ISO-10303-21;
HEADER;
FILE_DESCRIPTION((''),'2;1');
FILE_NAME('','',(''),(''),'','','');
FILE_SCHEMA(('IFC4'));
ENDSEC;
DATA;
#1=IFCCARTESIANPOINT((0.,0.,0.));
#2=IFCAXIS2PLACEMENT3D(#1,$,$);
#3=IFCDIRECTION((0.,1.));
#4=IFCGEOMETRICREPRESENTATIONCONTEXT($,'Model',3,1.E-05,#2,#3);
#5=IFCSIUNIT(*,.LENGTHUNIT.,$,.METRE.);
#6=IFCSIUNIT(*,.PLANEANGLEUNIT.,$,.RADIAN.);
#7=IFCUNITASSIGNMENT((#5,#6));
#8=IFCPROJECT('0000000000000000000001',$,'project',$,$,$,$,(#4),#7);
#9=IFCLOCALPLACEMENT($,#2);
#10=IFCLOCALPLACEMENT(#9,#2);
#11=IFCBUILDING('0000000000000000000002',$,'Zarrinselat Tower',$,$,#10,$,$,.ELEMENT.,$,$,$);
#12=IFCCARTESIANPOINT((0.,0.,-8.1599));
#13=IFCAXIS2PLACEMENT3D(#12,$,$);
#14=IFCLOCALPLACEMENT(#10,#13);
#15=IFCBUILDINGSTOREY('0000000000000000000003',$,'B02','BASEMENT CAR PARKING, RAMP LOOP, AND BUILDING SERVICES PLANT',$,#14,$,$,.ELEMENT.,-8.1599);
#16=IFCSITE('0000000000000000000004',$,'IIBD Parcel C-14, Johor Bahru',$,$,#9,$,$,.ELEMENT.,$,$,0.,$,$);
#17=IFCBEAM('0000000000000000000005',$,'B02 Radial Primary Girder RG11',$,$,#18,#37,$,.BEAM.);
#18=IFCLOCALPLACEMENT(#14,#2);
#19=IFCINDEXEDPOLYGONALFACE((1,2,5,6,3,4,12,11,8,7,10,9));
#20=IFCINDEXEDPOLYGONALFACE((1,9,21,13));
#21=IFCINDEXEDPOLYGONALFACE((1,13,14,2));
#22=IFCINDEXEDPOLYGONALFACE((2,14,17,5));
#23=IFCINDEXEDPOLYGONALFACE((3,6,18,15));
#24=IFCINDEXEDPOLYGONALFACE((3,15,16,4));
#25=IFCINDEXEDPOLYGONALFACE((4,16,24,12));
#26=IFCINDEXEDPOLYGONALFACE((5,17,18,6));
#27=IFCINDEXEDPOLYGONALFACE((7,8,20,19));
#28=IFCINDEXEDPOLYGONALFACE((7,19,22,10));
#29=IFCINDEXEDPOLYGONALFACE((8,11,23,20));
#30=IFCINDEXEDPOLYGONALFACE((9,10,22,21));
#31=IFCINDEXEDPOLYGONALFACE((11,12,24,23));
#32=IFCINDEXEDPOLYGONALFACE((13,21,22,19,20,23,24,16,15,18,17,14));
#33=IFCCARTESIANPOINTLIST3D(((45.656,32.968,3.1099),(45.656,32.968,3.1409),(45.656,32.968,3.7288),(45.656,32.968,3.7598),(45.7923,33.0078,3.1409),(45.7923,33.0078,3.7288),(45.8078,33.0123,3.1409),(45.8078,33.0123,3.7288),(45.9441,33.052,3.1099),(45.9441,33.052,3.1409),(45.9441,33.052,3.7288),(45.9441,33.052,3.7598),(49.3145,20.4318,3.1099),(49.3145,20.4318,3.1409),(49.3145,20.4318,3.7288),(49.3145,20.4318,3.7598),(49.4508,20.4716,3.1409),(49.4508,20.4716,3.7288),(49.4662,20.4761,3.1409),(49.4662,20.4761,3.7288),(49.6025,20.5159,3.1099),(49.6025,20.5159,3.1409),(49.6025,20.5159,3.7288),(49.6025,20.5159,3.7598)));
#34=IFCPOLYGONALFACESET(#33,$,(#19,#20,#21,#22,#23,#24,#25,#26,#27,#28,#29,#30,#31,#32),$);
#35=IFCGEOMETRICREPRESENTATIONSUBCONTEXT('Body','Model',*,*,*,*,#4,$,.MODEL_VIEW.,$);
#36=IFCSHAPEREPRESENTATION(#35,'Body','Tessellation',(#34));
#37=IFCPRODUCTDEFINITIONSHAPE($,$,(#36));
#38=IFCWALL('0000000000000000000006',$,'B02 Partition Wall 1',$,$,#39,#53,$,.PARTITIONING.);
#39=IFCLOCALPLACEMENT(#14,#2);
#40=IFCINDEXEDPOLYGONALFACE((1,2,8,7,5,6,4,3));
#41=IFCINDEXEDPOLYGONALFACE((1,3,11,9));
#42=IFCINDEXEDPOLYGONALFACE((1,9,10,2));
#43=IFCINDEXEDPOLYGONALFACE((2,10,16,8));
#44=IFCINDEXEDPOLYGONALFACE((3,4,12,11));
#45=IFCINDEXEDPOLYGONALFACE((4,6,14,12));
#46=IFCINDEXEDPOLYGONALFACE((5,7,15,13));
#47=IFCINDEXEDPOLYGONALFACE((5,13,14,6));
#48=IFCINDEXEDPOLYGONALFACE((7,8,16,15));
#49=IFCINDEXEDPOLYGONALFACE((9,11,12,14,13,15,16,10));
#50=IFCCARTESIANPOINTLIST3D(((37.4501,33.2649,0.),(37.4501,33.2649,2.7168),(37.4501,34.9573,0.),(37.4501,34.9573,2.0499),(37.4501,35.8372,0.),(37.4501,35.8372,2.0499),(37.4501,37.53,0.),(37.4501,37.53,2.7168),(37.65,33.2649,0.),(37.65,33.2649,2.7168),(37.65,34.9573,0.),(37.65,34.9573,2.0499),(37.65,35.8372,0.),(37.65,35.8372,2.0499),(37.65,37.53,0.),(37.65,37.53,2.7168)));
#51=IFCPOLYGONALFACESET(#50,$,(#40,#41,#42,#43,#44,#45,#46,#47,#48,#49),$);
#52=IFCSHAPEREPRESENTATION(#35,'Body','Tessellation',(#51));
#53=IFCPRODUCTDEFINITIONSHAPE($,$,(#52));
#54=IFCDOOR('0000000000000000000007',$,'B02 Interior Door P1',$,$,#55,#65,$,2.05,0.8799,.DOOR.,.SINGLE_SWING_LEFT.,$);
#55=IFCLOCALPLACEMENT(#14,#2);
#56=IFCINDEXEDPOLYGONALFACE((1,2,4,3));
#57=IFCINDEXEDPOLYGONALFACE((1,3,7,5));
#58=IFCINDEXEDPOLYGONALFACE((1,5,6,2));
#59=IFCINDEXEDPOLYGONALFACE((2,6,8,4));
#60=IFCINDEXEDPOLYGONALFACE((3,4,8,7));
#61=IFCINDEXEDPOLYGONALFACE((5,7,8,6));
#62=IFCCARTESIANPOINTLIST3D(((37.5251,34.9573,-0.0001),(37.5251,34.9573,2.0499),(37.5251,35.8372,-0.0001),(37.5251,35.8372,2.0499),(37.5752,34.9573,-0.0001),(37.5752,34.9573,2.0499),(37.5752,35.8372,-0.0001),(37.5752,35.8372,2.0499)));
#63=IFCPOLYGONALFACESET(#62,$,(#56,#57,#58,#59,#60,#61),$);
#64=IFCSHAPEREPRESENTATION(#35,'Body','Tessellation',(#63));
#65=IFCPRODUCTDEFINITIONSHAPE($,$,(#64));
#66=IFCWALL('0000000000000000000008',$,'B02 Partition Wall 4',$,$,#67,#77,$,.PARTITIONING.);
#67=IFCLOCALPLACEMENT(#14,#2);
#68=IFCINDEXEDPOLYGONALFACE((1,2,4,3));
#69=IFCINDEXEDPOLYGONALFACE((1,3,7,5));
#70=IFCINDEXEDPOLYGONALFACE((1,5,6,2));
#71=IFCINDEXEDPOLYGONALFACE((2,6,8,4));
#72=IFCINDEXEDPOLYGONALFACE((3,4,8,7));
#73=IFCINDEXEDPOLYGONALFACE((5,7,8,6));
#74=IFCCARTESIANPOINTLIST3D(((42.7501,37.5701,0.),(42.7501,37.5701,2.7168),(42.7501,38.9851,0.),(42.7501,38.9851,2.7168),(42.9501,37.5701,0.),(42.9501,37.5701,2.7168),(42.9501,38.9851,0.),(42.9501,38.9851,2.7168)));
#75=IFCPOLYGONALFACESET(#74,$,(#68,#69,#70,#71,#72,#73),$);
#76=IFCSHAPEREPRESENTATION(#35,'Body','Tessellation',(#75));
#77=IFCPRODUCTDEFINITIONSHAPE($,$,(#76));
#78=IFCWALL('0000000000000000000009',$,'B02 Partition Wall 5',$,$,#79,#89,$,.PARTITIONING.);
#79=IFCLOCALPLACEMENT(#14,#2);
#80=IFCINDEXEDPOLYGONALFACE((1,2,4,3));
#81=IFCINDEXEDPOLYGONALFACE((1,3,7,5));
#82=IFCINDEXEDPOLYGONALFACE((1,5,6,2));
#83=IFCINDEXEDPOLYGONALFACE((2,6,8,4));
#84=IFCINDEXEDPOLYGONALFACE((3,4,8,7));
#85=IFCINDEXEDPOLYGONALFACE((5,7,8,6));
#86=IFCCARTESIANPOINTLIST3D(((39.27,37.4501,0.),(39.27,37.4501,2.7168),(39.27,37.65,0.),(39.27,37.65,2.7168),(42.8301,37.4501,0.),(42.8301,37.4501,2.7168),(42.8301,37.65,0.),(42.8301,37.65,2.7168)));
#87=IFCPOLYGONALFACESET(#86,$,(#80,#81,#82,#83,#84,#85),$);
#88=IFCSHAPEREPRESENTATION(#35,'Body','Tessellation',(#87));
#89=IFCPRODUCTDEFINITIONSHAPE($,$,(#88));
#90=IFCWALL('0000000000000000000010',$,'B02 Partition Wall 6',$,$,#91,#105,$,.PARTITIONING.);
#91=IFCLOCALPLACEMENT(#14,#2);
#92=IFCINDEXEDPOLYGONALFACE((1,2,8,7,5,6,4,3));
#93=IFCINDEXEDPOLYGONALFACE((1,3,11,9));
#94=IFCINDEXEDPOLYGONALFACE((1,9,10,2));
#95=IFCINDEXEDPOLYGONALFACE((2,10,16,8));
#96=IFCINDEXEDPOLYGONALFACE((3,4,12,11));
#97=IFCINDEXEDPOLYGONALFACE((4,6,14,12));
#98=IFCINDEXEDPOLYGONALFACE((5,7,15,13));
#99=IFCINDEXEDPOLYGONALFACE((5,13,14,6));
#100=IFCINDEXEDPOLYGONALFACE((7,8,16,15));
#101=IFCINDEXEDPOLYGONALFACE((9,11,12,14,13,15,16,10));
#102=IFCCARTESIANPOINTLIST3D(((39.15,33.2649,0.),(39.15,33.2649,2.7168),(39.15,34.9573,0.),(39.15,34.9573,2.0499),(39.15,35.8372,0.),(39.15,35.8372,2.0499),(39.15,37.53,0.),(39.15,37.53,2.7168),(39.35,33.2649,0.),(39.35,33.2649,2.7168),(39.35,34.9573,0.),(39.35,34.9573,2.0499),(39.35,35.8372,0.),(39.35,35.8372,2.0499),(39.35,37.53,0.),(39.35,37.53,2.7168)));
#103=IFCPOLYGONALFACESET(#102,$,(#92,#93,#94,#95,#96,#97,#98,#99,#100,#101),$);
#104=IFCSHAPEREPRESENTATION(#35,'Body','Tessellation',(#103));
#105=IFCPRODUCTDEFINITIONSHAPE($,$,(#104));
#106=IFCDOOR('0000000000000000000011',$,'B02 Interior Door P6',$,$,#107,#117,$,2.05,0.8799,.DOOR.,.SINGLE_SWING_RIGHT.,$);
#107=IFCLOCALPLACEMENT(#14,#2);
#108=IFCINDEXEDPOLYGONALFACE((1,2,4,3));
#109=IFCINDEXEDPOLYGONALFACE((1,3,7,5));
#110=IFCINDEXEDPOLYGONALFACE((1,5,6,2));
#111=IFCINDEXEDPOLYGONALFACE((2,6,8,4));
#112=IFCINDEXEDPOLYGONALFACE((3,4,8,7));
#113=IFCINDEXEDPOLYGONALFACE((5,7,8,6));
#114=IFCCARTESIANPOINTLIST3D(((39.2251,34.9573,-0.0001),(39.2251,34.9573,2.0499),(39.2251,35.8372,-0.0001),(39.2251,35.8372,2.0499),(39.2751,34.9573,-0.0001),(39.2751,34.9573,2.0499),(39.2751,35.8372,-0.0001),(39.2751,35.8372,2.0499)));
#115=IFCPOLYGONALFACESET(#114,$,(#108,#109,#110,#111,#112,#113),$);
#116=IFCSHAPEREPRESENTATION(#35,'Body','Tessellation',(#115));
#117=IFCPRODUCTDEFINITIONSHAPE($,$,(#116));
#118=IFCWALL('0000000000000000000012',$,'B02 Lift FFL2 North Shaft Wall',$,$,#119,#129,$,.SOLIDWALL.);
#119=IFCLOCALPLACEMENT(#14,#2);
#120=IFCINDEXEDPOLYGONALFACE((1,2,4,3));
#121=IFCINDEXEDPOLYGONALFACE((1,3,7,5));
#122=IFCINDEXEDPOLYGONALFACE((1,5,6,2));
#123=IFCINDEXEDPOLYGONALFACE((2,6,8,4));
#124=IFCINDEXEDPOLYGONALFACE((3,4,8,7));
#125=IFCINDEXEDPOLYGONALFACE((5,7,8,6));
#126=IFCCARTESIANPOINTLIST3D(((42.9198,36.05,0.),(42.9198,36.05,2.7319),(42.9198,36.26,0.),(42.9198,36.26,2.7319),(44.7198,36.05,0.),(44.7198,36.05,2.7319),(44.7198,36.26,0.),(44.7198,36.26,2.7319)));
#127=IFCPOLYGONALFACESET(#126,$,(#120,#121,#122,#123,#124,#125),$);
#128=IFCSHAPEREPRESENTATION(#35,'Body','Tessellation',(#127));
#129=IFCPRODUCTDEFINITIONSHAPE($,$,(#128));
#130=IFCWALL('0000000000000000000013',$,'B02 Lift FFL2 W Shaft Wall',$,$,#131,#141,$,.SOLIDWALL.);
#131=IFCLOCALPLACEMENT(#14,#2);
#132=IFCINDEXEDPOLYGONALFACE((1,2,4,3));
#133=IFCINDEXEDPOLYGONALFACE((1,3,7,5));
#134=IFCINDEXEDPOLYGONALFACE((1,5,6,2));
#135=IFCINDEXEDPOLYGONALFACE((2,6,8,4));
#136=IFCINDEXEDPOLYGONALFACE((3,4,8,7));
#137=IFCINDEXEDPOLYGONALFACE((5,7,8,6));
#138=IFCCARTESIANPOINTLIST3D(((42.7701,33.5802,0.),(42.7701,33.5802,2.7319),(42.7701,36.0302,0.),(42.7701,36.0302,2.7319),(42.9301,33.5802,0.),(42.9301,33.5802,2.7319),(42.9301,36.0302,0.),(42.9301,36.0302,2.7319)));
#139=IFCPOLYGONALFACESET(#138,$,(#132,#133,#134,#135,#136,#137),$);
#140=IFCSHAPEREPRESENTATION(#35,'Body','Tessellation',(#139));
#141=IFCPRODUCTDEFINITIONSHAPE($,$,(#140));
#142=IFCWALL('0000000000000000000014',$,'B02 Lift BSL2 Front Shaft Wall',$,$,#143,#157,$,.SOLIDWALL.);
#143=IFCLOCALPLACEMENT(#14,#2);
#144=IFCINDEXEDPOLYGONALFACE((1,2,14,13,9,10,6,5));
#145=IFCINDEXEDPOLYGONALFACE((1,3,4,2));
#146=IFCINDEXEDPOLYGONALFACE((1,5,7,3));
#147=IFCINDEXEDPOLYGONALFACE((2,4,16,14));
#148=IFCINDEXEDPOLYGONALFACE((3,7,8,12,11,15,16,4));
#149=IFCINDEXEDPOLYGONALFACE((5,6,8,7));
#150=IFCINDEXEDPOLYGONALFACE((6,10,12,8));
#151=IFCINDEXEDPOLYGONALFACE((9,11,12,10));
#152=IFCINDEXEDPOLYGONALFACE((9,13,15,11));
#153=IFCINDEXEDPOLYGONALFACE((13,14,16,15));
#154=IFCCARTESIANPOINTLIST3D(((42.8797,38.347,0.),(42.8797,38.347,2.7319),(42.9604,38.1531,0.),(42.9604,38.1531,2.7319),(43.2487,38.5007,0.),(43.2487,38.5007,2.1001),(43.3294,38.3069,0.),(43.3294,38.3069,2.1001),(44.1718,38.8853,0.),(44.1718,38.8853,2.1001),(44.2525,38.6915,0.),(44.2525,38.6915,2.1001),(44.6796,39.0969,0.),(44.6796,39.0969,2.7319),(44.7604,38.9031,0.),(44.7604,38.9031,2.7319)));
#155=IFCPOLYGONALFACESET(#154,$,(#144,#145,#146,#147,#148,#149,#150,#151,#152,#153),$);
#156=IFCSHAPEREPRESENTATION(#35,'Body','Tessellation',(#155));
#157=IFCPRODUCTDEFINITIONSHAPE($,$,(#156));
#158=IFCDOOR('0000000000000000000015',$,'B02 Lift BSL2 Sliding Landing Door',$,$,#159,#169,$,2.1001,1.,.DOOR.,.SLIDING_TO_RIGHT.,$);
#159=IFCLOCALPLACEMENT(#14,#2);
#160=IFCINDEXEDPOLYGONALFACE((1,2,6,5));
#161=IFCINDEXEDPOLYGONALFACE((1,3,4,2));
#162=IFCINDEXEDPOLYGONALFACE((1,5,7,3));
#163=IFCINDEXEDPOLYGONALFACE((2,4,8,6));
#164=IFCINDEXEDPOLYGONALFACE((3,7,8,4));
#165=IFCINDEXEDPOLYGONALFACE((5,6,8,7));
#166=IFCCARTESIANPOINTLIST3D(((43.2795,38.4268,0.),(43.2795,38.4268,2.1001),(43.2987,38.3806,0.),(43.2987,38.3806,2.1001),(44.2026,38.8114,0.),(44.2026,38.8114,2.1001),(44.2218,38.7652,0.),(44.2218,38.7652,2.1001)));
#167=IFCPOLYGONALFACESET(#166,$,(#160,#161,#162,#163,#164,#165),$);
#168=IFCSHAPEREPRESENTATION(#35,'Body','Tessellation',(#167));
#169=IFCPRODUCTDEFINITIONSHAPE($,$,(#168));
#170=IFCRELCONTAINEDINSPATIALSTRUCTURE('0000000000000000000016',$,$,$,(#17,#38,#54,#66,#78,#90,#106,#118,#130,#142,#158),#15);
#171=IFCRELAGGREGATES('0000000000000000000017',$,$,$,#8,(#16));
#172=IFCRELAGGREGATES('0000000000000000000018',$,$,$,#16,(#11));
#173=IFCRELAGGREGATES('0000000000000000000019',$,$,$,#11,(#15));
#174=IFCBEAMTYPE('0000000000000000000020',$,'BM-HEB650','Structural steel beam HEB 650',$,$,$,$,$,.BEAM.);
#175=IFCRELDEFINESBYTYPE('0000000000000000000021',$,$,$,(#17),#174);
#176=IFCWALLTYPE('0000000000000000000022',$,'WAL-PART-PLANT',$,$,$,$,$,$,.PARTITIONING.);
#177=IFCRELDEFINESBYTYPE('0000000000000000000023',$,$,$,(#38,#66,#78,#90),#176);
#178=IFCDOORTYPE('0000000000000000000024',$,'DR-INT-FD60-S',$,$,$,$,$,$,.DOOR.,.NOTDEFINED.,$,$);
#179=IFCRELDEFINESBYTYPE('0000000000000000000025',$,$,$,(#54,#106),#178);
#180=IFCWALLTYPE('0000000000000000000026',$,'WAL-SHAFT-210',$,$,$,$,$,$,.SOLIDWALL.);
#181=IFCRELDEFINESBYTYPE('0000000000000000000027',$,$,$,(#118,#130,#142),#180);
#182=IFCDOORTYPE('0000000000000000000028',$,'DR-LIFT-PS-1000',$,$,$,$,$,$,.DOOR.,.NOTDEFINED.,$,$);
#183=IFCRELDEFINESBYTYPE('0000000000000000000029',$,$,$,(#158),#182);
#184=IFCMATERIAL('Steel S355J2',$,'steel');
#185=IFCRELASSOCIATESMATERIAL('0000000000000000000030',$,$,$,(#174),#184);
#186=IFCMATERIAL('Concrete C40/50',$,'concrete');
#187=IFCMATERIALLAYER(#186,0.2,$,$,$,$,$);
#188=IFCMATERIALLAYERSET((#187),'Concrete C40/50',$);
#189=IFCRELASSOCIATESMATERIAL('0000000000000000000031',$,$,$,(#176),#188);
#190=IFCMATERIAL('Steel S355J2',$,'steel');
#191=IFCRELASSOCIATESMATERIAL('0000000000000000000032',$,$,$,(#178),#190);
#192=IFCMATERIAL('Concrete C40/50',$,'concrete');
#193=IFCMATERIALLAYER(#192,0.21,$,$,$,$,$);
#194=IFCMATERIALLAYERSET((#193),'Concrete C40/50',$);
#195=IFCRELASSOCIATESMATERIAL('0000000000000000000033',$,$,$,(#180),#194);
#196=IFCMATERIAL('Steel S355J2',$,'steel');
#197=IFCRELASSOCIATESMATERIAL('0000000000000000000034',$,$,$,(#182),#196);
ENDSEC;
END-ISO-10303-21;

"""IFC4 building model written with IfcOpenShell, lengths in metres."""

from ifc_helpers import new_model, si_unit, direction, frame, frame_2d, origin, origin_2d, place, context, subcontext, project, spatial, rectangle, i_section, extrude, material, layer, layer_set, material_profile, profile_set, type_object, element, fill, save


model = new_model("IFC4")

# Units and contexts
model_context = context("Model", 3, precision=1e-05, world=origin(), true_north=direction((0.0, 1.0)))
body_context = subcontext(model_context, "Body", "Model", "MODEL_VIEW")
ifc_project = project(units=[si_unit("LENGTHUNIT", "METRE"), si_unit("PLANEANGLEUNIT", "RADIAN")], contexts=[model_context])

# Site, building, storey
site_placement = place(None, origin())
site = spatial("IfcSite", under=ifc_project, at=site_placement, Name="IIBD Parcel C-14, Johor Bahru", CompositionType="ELEMENT", RefElevation=0.0)
building_placement = place(site_placement, origin())
building = spatial("IfcBuilding", under=site, at=building_placement, Name="Zarrinselat Tower", CompositionType="ELEMENT")
storey_placement = place(building_placement, frame((0.0, 0.0, -8.1599)))
storey = spatial("IfcBuildingStorey", under=building, at=storey_placement, Name="B02", Description="BASEMENT CAR PARKING, RAMP LOOP, AND BUILDING SERVICES PLANT", CompositionType="ELEMENT", Elevation=-8.1599)

# Beam
ifc_material_1 = material(Name="Steel S355J2", Category="steel")
ifc_material_profile_1 = material_profile(ifc_material_1, i_section(OverallWidth=0.3, OverallDepth=0.6499, WebThickness=0.0161, FlangeThickness=0.031, at=origin_2d()), Name="HEB 650")
ifc_profile_set_1 = profile_set([ifc_material_profile_1], Name="Steel S355J2")
beam_type = type_object("IfcBeamType", Name="BM-HEB650", Description="Structural steel beam HEB 650", PredefinedType="BEAM", material=ifc_profile_set_1)
beam_placement = place(storey_placement, frame((45.8, 33.01, 3.4348), z_axis=(0.280146, -0.959957, 0.0), x_axis=(0.959957, 0.280146, 0.0)))
element("IfcBeam", 1, at=beam_placement, inside=storey, type_object=beam_type, Name="B02 Radial Primary Girder RG11", PredefinedType="BEAM", context=body_context, shape_type="SweptSolid", body=[
    extrude(i_section(OverallWidth=0.3, OverallDepth=0.6499, WebThickness=0.0161, FlangeThickness=0.031, at=origin_2d()), origin(), (0.0, 0.0, 1.0), 13.0591),
])

# Wall, opening, door
ifc_material_2 = material(Name="Concrete C40/50", Category="concrete")
ifc_layer_1 = layer(ifc_material_2, 0.2)
ifc_layer_set_1 = layer_set([ifc_layer_1], Name="Concrete C40/50")
wall_type_1 = type_object("IfcWallType", Name="WAL-PART-PLANT", PredefinedType="PARTITIONING", material=ifc_layer_set_1)
wall_1_placement = place(storey_placement, frame((37.55, 33.2649, 0.0), z_axis=(0.0, 0.0, 1.0), x_axis=(0.0, 1.0, 0.0)))
wall_1 = element("IfcWall", 2, at=wall_1_placement, inside=storey, type_object=wall_type_1, Name="B02 Partition Wall 1", PredefinedType="PARTITIONING", context=body_context, shape_type="SweptSolid", body=[
    extrude(rectangle(XDim=4.2651, YDim=0.2, at=frame_2d((2.1326, 0.0))), origin(), (0.0, 0.0, 1.0), 2.7168),
])
opening_1_placement = place(wall_1_placement, frame((1.6924, 0.0, 0.0)))
opening_1 = element("IfcOpeningElement", 3, at=opening_1_placement, cuts=wall_1, PredefinedType="OPENING", context=body_context, shape_type="SweptSolid", body=[
    extrude(rectangle(XDim=0.8799, YDim=2.05, at=frame_2d((0.4399, 1.0249))), frame((0.0, 0.1099, 0.0), z_axis=(0.0, -1.0, 0.0), x_axis=(1.0, 0.0, 0.0)), (0.0, 0.0, 1.0), 0.22),
])
ifc_material_3 = material(Name="Steel S355J2", Category="steel")
door_type_1 = type_object("IfcDoorType", Name="DR-INT-FD60-S", OperationType="NOTDEFINED", PredefinedType="DOOR", material=ifc_material_3)
door_1_placement = place(opening_1_placement, origin())
door_1 = element("IfcDoor", 4, at=door_1_placement, inside=storey, type_object=door_type_1, Name="B02 Interior Door P1", OperationType="SINGLE_SWING_LEFT", OverallHeight=2.05, OverallWidth=0.8799, PredefinedType="DOOR", context=body_context, shape_type="SweptSolid", body=[
    extrude(rectangle(XDim=0.8799, YDim=2.05, at=frame_2d((0.4399, 1.0249))), frame((0.0, 0.0249, 0.0), z_axis=(0.0, -1.0, 0.0), x_axis=(1.0, 0.0, 0.0)), (0.0, 0.0, 1.0), 0.05),
])
fill(opening_1, door_1)

# Walls
wall_2_placement = place(storey_placement, frame((42.8501, 37.5701, 0.0), z_axis=(0.0, 0.0, 1.0), x_axis=(0.0, 1.0, 0.0)))
element("IfcWall", 5, at=wall_2_placement, inside=storey, type_object=wall_type_1, Name="B02 Partition Wall 4", PredefinedType="PARTITIONING", context=body_context, shape_type="SweptSolid", body=[
    extrude(rectangle(XDim=1.415, YDim=0.2, at=frame_2d((0.7075, 0.0))), origin(), (0.0, 0.0, 1.0), 2.7168),
])
wall_3_placement = place(storey_placement, frame((39.27, 37.55, 0.0), z_axis=(0.0, 0.0, 1.0), x_axis=(1.0, 0.0, 0.0)))
element("IfcWall", 6, at=wall_3_placement, inside=storey, type_object=wall_type_1, Name="B02 Partition Wall 5", PredefinedType="PARTITIONING", context=body_context, shape_type="SweptSolid", body=[
    extrude(rectangle(XDim=3.5601, YDim=0.2, at=frame_2d((1.78, 0.0))), origin(), (0.0, 0.0, 1.0), 2.7168),
])

# Wall, opening, door
wall_4_placement = place(storey_placement, frame((39.25, 33.2649, 0.0), z_axis=(0.0, 0.0, 1.0), x_axis=(0.0, 1.0, 0.0)))
wall_4 = element("IfcWall", 7, at=wall_4_placement, inside=storey, type_object=wall_type_1, Name="B02 Partition Wall 6", PredefinedType="PARTITIONING", context=body_context, shape_type="SweptSolid", body=[
    extrude(rectangle(XDim=4.2651, YDim=0.2, at=frame_2d((2.1326, 0.0))), origin(), (0.0, 0.0, 1.0), 2.7168),
])
opening_2_placement = place(wall_4_placement, frame((1.6924, 0.0, 0.0)))
opening_2 = element("IfcOpeningElement", 8, at=opening_2_placement, cuts=wall_4, PredefinedType="OPENING", context=body_context, shape_type="SweptSolid", body=[
    extrude(rectangle(XDim=0.8799, YDim=2.05, at=frame_2d((0.4399, 1.0249))), frame((0.0, 0.1099, 0.0), z_axis=(0.0, -1.0, 0.0), x_axis=(1.0, 0.0, 0.0)), (0.0, 0.0, 1.0), 0.22),
])
door_2_placement = place(opening_2_placement, origin())
door_2 = element("IfcDoor", 9, at=door_2_placement, inside=storey, type_object=door_type_1, Name="B02 Interior Door P6", OperationType="SINGLE_SWING_RIGHT", OverallHeight=2.05, OverallWidth=0.8799, PredefinedType="DOOR", context=body_context, shape_type="SweptSolid", body=[
    extrude(rectangle(XDim=0.8799, YDim=2.05, at=frame_2d((0.4399, 1.0249))), frame((0.0, 0.0249, 0.0), z_axis=(0.0, -1.0, 0.0), x_axis=(1.0, 0.0, 0.0)), (0.0, 0.0, 1.0), 0.05),
])
fill(opening_2, door_2)

# Walls
ifc_material_4 = material(Name="Concrete C40/50", Category="concrete")
ifc_layer_2 = layer(ifc_material_4, 0.21)
ifc_layer_set_2 = layer_set([ifc_layer_2], Name="Concrete C40/50")
wall_type_2 = type_object("IfcWallType", Name="WAL-SHAFT-210", PredefinedType="SOLIDWALL", material=ifc_layer_set_2)
wall_5_placement = place(storey_placement, frame((42.9199, 36.155, 0.0), z_axis=(0.0, 0.0, 1.0), x_axis=(1.0, 0.0, 0.0)))
element("IfcWall", 10, at=wall_5_placement, inside=storey, type_object=wall_type_2, Name="B02 Lift FFL2 North Shaft Wall", PredefinedType="SOLIDWALL", context=body_context, shape_type="SweptSolid", body=[
    extrude(rectangle(XDim=1.8, YDim=0.21, at=frame_2d((0.8999, 0.0))), origin(), (0.0, 0.0, 1.0), 2.7319),
])
wall_6_placement = place(storey_placement, frame((42.8501, 33.5801, 0.0), z_axis=(0.0, 0.0, 1.0), x_axis=(0.0, 1.0, 0.0)))
element("IfcWall", 11, at=wall_6_placement, inside=storey, type_object=wall_type_2, Name="B02 Lift FFL2 W Shaft Wall", PredefinedType="SOLIDWALL", context=body_context, shape_type="SweptSolid", body=[
    extrude(rectangle(XDim=2.45, YDim=0.1599, at=frame_2d((1.2251, 0.0))), origin(), (0.0, 0.0, 1.0), 2.7319),
])

# Wall, opening, door
wall_7_placement = place(storey_placement, frame((42.9199, 38.25, 0.0), z_axis=(0.0, 0.0, 1.0), x_axis=(0.923081, 0.384606, 0.0)))
wall_7 = element("IfcWall", 12, at=wall_7_placement, inside=storey, type_object=wall_type_2, Name="B02 Lift BSL2 Front Shaft Wall", PredefinedType="SOLIDWALL", context=body_context, shape_type="SweptSolid", body=[
    extrude(rectangle(XDim=1.95, YDim=0.21, at=frame_2d((0.9751, 0.0))), origin(), (0.0, 0.0, 1.0), 2.7319),
])
opening_3_placement = place(wall_7_placement, frame((0.3999, 0.0, 0.0)))
opening_3 = element("IfcOpeningElement", 13, at=opening_3_placement, cuts=wall_7, PredefinedType="OPENING", context=body_context, shape_type="SweptSolid", body=[
    extrude(rectangle(XDim=1.0, YDim=2.1001, at=frame_2d((0.5, 1.05))), frame((0.0, 0.115, 0.0), z_axis=(0.0, -1.0, 0.0), x_axis=(1.0, 0.0, 0.0)), (0.0, 0.0, 1.0), 0.23),
])
ifc_material_5 = material(Name="Steel S355J2", Category="steel")
door_type_2 = type_object("IfcDoorType", Name="DR-LIFT-PS-1000", OperationType="NOTDEFINED", PredefinedType="DOOR", material=ifc_material_5)
door_3_placement = place(opening_3_placement, origin())
door_3 = element("IfcDoor", 14, at=door_3_placement, inside=storey, type_object=door_type_2, Name="B02 Lift BSL2 Sliding Landing Door", OperationType="SLIDING_TO_RIGHT", OverallHeight=2.1001, OverallWidth=1.0, PredefinedType="DOOR", context=body_context, shape_type="SweptSolid", body=[
    extrude(rectangle(XDim=1.0, YDim=2.1001, at=frame_2d((0.5, 1.05))), frame((0.0, 0.0249, 0.0), z_axis=(0.0, -1.0, 0.0), x_axis=(1.0, 0.0, 0.0)), (0.0, 0.0, 1.0), 0.05),
])
fill(opening_3, door_3)

save(model, "model.ifc")
